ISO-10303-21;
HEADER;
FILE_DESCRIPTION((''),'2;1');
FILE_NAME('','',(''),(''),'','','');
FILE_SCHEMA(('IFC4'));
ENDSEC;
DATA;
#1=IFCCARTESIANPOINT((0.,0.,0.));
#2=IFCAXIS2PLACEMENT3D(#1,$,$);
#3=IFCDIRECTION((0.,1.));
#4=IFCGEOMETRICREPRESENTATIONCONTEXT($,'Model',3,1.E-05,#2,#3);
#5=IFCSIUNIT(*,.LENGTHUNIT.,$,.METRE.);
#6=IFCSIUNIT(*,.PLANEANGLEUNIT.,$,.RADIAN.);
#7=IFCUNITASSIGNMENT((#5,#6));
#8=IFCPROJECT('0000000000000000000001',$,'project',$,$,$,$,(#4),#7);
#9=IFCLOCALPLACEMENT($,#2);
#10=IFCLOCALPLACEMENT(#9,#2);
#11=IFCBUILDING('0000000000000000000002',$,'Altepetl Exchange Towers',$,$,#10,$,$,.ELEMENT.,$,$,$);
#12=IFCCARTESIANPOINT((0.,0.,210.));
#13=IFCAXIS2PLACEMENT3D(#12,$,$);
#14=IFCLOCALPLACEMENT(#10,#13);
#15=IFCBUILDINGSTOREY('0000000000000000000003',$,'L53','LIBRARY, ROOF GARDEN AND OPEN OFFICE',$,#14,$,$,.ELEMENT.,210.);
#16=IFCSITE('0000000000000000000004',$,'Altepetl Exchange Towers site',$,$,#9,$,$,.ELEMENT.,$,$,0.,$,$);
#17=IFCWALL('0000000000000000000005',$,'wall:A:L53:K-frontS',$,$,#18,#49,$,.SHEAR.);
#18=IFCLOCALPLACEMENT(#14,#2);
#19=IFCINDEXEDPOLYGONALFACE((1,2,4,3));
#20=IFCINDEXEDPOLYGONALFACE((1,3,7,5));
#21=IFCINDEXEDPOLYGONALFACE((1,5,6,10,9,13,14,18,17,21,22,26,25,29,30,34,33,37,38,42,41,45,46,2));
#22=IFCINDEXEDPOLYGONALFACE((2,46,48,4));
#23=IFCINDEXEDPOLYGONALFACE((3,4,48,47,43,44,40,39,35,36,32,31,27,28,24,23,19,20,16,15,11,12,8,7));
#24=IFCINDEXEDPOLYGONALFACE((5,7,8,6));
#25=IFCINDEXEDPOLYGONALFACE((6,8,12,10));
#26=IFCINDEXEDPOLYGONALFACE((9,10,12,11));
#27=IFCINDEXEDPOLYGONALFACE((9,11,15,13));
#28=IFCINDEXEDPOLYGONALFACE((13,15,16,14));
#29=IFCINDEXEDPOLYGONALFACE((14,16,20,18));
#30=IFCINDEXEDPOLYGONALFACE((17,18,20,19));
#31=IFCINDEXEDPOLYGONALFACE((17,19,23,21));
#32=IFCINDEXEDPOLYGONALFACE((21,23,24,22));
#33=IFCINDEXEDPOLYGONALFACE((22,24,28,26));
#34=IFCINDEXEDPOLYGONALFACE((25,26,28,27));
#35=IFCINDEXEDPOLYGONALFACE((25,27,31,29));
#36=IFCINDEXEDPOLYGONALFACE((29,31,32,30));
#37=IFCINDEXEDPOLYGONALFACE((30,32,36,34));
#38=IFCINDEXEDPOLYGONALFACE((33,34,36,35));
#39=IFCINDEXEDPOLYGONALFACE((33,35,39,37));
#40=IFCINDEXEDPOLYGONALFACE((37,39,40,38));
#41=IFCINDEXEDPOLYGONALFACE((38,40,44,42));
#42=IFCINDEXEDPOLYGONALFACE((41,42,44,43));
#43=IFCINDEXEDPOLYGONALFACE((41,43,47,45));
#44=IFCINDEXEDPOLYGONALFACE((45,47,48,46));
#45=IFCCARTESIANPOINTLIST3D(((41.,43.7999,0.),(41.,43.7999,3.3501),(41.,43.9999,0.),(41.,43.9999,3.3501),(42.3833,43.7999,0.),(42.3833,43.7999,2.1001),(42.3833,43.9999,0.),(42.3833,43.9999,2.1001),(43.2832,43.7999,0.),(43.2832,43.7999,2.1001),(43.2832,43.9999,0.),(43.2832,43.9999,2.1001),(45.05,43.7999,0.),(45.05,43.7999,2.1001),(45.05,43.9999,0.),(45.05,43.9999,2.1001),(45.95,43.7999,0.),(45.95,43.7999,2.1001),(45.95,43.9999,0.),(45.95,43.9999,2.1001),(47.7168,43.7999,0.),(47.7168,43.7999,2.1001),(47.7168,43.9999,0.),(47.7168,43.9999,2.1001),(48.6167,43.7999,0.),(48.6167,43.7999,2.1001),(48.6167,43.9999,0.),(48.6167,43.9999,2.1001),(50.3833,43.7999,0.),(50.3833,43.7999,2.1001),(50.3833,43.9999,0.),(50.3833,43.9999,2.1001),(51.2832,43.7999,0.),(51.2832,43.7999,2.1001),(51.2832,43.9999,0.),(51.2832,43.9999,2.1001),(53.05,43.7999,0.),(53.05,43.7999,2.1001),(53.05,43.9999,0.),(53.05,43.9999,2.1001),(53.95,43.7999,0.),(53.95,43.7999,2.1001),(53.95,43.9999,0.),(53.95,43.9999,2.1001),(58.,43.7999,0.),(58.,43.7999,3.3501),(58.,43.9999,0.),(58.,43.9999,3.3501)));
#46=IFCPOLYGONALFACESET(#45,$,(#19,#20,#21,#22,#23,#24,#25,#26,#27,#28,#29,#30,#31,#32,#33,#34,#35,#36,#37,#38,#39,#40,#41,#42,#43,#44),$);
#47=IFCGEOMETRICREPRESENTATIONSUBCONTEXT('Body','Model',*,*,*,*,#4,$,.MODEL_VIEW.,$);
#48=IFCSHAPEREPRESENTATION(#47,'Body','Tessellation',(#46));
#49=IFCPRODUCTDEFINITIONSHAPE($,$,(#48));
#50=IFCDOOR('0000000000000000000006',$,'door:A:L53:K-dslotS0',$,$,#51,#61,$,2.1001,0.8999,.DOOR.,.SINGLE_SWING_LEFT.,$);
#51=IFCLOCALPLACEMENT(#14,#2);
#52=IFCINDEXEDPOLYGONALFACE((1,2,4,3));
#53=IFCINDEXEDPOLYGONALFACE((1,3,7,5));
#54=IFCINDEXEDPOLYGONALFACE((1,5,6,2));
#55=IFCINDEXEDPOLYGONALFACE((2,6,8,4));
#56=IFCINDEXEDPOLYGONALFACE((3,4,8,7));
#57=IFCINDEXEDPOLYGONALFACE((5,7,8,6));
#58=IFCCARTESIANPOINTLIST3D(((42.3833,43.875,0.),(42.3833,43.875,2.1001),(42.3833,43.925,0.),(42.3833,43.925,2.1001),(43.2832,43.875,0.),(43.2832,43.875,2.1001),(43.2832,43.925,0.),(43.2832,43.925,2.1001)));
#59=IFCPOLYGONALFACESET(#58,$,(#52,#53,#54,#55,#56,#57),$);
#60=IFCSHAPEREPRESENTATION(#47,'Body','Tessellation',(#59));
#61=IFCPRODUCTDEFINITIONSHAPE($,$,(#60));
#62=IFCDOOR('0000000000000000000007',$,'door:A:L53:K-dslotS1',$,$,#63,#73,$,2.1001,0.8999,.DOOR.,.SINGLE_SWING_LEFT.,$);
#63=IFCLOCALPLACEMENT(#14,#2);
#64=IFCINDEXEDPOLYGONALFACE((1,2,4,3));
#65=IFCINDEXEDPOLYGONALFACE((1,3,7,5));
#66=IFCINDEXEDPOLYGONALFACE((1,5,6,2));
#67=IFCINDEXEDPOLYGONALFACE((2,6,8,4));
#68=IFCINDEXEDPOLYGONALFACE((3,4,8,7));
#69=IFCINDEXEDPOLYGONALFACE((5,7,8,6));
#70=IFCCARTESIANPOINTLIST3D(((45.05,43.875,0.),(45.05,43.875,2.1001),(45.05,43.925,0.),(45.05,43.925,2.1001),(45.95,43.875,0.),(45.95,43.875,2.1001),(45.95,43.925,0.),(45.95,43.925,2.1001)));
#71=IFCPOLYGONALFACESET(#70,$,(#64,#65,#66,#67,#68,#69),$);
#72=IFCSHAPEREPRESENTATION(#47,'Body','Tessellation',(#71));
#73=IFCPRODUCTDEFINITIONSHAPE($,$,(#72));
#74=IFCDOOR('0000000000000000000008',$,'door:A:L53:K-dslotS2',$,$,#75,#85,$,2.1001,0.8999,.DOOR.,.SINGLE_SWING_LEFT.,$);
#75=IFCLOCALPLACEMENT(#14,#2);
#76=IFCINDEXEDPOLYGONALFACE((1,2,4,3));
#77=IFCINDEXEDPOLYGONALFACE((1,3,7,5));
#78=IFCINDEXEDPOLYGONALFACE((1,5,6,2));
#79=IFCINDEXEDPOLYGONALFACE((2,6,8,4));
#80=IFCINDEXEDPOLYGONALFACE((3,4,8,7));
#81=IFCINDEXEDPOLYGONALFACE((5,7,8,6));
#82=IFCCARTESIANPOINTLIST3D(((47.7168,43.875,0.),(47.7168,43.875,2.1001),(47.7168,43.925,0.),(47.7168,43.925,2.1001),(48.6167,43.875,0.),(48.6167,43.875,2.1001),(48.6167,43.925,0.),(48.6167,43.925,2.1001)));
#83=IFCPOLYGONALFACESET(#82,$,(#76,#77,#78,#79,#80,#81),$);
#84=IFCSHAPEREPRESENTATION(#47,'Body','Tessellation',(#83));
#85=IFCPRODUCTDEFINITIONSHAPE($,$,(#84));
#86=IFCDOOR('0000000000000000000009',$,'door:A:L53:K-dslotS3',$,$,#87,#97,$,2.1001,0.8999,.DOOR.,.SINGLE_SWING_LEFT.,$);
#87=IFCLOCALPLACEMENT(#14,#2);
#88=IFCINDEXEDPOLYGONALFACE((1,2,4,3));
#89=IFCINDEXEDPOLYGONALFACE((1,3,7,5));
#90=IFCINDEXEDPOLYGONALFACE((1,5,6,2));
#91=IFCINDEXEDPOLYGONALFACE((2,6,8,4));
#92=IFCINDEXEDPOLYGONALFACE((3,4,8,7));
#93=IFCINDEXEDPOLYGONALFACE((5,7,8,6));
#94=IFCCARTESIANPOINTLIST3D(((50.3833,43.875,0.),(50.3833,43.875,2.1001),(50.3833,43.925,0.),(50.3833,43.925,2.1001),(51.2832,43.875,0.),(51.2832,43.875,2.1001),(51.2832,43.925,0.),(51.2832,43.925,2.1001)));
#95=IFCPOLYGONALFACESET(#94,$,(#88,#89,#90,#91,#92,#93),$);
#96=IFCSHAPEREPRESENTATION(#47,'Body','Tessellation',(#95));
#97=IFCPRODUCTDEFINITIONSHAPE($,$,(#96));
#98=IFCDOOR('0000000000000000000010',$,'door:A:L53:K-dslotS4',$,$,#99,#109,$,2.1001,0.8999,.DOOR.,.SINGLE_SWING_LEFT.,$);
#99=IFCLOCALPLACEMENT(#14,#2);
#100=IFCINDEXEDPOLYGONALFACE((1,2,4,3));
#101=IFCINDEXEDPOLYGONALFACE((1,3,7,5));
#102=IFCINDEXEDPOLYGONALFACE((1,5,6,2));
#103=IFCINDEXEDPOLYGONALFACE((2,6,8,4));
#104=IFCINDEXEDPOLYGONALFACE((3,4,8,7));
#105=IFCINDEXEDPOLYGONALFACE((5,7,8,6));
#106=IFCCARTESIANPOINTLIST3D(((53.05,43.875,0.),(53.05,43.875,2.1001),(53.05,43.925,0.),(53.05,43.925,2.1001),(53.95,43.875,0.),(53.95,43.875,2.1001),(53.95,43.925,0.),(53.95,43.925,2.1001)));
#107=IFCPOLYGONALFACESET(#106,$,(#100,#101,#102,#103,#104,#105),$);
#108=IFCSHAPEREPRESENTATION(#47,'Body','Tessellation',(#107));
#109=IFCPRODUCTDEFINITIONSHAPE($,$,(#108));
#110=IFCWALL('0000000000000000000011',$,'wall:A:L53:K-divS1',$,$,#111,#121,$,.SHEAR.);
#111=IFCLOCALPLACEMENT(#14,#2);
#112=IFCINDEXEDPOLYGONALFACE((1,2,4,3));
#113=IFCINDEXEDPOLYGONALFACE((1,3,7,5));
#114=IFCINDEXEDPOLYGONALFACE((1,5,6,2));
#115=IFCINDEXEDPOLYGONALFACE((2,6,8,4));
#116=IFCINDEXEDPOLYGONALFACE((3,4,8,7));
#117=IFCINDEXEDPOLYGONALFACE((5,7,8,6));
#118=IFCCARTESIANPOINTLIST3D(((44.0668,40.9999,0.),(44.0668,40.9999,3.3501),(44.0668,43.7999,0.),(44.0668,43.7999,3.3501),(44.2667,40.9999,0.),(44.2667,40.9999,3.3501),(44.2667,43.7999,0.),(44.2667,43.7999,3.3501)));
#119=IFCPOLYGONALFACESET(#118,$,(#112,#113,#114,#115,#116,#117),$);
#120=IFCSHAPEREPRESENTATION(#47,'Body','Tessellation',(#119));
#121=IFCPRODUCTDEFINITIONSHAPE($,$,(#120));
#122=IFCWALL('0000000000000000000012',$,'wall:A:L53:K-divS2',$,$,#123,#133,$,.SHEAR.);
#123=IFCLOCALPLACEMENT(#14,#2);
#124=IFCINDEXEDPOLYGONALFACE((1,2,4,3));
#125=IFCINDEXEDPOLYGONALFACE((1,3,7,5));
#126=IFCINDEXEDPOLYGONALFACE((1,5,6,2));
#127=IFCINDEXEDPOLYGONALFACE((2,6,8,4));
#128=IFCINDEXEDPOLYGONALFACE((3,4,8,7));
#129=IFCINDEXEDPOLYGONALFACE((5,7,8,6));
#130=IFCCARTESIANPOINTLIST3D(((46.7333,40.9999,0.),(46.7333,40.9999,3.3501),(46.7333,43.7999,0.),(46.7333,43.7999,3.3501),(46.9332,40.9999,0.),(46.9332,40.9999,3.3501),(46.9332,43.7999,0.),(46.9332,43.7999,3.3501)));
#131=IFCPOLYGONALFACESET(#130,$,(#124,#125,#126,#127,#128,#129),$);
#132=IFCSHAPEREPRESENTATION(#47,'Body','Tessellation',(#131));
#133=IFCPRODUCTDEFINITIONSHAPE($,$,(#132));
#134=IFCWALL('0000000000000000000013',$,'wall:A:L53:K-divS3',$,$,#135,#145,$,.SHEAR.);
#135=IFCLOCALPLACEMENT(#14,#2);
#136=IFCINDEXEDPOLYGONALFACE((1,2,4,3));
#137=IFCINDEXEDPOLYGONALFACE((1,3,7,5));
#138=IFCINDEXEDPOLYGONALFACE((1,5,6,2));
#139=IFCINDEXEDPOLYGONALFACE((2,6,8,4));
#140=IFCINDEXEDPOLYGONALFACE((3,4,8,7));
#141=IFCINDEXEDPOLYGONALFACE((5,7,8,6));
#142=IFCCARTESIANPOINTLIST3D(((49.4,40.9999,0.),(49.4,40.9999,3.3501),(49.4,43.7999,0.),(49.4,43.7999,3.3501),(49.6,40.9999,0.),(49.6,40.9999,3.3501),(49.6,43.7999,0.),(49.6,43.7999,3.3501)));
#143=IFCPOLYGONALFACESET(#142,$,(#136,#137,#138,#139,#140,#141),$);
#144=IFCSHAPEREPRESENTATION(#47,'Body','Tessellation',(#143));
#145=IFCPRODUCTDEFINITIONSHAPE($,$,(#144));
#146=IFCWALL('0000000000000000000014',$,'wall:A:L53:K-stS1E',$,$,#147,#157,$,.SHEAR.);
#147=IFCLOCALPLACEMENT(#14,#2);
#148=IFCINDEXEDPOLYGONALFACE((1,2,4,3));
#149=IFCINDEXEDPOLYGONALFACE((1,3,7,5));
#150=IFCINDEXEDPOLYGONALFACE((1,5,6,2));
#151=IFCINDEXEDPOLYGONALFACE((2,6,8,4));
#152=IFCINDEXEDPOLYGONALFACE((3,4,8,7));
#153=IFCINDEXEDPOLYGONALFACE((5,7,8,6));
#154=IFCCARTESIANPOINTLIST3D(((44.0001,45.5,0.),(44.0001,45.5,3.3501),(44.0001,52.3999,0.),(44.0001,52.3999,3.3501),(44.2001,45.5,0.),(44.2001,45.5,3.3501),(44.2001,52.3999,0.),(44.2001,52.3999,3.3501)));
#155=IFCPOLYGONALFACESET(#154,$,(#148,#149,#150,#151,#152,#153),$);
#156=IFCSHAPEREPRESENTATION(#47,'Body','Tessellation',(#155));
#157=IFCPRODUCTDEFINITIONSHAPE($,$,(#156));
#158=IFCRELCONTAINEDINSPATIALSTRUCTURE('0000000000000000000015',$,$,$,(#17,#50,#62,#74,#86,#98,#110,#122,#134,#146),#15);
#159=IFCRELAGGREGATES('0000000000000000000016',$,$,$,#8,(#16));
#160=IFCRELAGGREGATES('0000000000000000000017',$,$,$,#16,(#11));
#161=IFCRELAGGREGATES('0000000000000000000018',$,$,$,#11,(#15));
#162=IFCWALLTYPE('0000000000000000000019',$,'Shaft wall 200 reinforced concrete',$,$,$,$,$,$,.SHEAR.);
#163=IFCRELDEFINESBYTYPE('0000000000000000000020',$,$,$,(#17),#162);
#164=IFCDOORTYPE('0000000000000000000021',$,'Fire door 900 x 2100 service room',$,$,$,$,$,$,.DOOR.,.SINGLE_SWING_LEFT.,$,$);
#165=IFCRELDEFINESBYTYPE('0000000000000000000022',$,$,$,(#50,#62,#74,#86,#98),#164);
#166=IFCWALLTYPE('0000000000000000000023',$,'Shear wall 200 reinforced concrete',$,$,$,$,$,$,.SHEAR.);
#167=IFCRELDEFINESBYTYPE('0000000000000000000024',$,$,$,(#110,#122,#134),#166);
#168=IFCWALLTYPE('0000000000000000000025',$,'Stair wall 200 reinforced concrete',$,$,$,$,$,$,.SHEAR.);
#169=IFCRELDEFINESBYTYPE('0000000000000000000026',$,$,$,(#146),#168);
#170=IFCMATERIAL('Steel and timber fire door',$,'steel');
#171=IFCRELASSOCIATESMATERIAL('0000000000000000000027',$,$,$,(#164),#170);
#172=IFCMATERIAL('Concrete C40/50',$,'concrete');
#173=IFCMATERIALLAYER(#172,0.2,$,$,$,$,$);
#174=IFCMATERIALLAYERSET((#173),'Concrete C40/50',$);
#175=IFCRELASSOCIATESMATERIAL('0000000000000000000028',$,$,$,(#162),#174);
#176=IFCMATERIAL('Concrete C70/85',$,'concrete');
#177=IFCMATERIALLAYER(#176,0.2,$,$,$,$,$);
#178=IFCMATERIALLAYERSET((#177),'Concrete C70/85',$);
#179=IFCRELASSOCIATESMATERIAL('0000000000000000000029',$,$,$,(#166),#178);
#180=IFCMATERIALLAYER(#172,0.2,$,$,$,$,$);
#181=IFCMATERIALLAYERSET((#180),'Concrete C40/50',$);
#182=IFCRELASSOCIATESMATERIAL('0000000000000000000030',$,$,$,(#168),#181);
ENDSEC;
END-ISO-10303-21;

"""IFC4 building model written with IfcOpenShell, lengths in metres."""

from ifc_helpers import new_model, si_unit, direction, frame, frame_2d, origin, place, context, subcontext, project, spatial, rectangle, extrude, material, layer, layer_set, type_object, element, fill, save


model = new_model("IFC4")

# Units and contexts
model_context = context("Model", 3, precision=1e-05, world=origin(), true_north=direction((0.0, 1.0)))
body_context = subcontext(model_context, "Body", "Model", "MODEL_VIEW")
ifc_project = project(units=[si_unit("LENGTHUNIT", "METRE"), si_unit("PLANEANGLEUNIT", "RADIAN")], contexts=[model_context])

# Site, building, storey
site_placement = place(None, origin())
site = spatial("IfcSite", under=ifc_project, at=site_placement, Name="Altepetl Exchange Towers site", CompositionType="ELEMENT", RefElevation=0.0)
building_placement = place(site_placement, origin())
building = spatial("IfcBuilding", under=site, at=building_placement, Name="Altepetl Exchange Towers", CompositionType="ELEMENT")
storey_placement = place(building_placement, frame((0.0, 0.0, 210.0)))
storey = spatial("IfcBuildingStorey", under=building, at=storey_placement, Name="L53", Description="LIBRARY, ROOF GARDEN AND OPEN OFFICE", CompositionType="ELEMENT", Elevation=210.0)

# Shared definitions
ifc_material_1 = material(Name="Concrete C70/85", Category="concrete")

# Shared definitions
ifc_material_2 = material(Name="Steel and timber fire door", Category="steel")
door_type_1 = type_object("IfcDoorType", Name="Fire door 900 x 2100 service room", OperationType="SINGLE_SWING_LEFT", PredefinedType="DOOR", material=ifc_material_2)

# Wall, openings, doors
ifc_material_3 = material(Name="Concrete C40/50", Category="concrete")
ifc_layer_1 = layer(ifc_material_3, 0.2)
ifc_layer_set_1 = layer_set([ifc_layer_1], Name="Concrete C40/50")
wall_type_1 = type_object("IfcWallType", Name="Shaft wall 200 reinforced concrete", PredefinedType="SHEAR", material=ifc_layer_set_1)
wall_1_placement = place(storey_placement, frame((41.0, 43.8999, 0.0)))
wall_1 = element("IfcWall", 1, at=wall_1_placement, inside=storey, type_object=wall_type_1, Name="wall:A:L53:K-frontS", PredefinedType="SHEAR", context=body_context, shape_type="SweptSolid", body=[
    extrude(rectangle(XDim=17.0, YDim=0.2, at=frame_2d((8.5, 0.0))), origin(), (0.0, 0.0, 1.0), 3.3501),
])
opening_1_placement = place(wall_1_placement, frame((1.3833, 0.0, 0.0)))
opening_1 = element("IfcOpeningElement", 2, at=opening_1_placement, cuts=wall_1, PredefinedType="OPENING", context=body_context, shape_type="SweptSolid", body=[
    extrude(rectangle(XDim=0.8999, YDim=2.1001, at=frame_2d((0.45, 1.05))), frame((0.0, 0.1099, 0.0), z_axis=(0.0, -1.0, 0.0), x_axis=(1.0, 0.0, 0.0)), (0.0, 0.0, 1.0), 0.22),
])
opening_2_placement = place(wall_1_placement, frame((4.05, 0.0, 0.0)))
opening_2 = element("IfcOpeningElement", 3, at=opening_2_placement, cuts=wall_1, PredefinedType="OPENING", context=body_context, shape_type="SweptSolid", body=[
    extrude(rectangle(XDim=0.8999, YDim=2.1001, at=frame_2d((0.45, 1.05))), frame((0.0, 0.1099, 0.0), z_axis=(0.0, -1.0, 0.0), x_axis=(1.0, 0.0, 0.0)), (0.0, 0.0, 1.0), 0.22),
])
opening_3_placement = place(wall_1_placement, frame((6.7168, 0.0, 0.0)))
opening_3 = element("IfcOpeningElement", 4, at=opening_3_placement, cuts=wall_1, PredefinedType="OPENING", context=body_context, shape_type="SweptSolid", body=[
    extrude(rectangle(XDim=0.8999, YDim=2.1001, at=frame_2d((0.45, 1.05))), frame((0.0, 0.1099, 0.0), z_axis=(0.0, -1.0, 0.0), x_axis=(1.0, 0.0, 0.0)), (0.0, 0.0, 1.0), 0.22),
])
opening_4_placement = place(wall_1_placement, frame((9.3833, 0.0, 0.0)))
opening_4 = element("IfcOpeningElement", 5, at=opening_4_placement, cuts=wall_1, PredefinedType="OPENING", context=body_context, shape_type="SweptSolid", body=[
    extrude(rectangle(XDim=0.8999, YDim=2.1001, at=frame_2d((0.45, 1.05))), frame((0.0, 0.1099, 0.0), z_axis=(0.0, -1.0, 0.0), x_axis=(1.0, 0.0, 0.0)), (0.0, 0.0, 1.0), 0.22),
])
opening_5_placement = place(wall_1_placement, frame((12.05, 0.0, 0.0)))
opening_5 = element("IfcOpeningElement", 6, at=opening_5_placement, cuts=wall_1, PredefinedType="OPENING", context=body_context, shape_type="SweptSolid", body=[
    extrude(rectangle(XDim=0.8999, YDim=2.1001, at=frame_2d((0.45, 1.05))), frame((0.0, 0.1099, 0.0), z_axis=(0.0, -1.0, 0.0), x_axis=(1.0, 0.0, 0.0)), (0.0, 0.0, 1.0), 0.22),
])
door_1_placement = place(opening_1_placement, frame((0.8999, 0.0, 0.0), x_axis=(-1.0, 0.0, 0.0)))
door_1 = element("IfcDoor", 7, at=door_1_placement, inside=storey, type_object=door_type_1, Name="door:A:L53:K-dslotS0", OperationType="SINGLE_SWING_LEFT", OverallHeight=2.1001, OverallWidth=0.8999, PredefinedType="DOOR", context=body_context, shape_type="SweptSolid", body=[
    extrude(rectangle(XDim=0.8999, YDim=2.1001, at=frame_2d((0.45, 1.05))), frame((0.0, 0.0249, 0.0), z_axis=(0.0, -1.0, 0.0), x_axis=(1.0, 0.0, 0.0)), (0.0, 0.0, 1.0), 0.05),
])
fill(opening_1, door_1)
door_2_placement = place(opening_2_placement, frame((0.8999, 0.0, 0.0), x_axis=(-1.0, 0.0, 0.0)))
door_2 = element("IfcDoor", 8, at=door_2_placement, inside=storey, type_object=door_type_1, Name="door:A:L53:K-dslotS1", OperationType="SINGLE_SWING_LEFT", OverallHeight=2.1001, OverallWidth=0.8999, PredefinedType="DOOR", context=body_context, shape_type="SweptSolid", body=[
    extrude(rectangle(XDim=0.8999, YDim=2.1001, at=frame_2d((0.45, 1.05))), frame((0.0, 0.0249, 0.0), z_axis=(0.0, -1.0, 0.0), x_axis=(1.0, 0.0, 0.0)), (0.0, 0.0, 1.0), 0.05),
])
fill(opening_2, door_2)
door_3_placement = place(opening_3_placement, frame((0.8999, 0.0, 0.0), x_axis=(-1.0, 0.0, 0.0)))
door_3 = element("IfcDoor", 9, at=door_3_placement, inside=storey, type_object=door_type_1, Name="door:A:L53:K-dslotS2", OperationType="SINGLE_SWING_LEFT", OverallHeight=2.1001, OverallWidth=0.8999, PredefinedType="DOOR", context=body_context, shape_type="SweptSolid", body=[
    extrude(rectangle(XDim=0.8999, YDim=2.1001, at=frame_2d((0.45, 1.05))), frame((0.0, 0.0249, 0.0), z_axis=(0.0, -1.0, 0.0), x_axis=(1.0, 0.0, 0.0)), (0.0, 0.0, 1.0), 0.05),
])
fill(opening_3, door_3)
door_4_placement = place(opening_4_placement, frame((0.8999, 0.0, 0.0), x_axis=(-1.0, 0.0, 0.0)))
door_4 = element("IfcDoor", 10, at=door_4_placement, inside=storey, type_object=door_type_1, Name="door:A:L53:K-dslotS3", OperationType="SINGLE_SWING_LEFT", OverallHeight=2.1001, OverallWidth=0.8999, PredefinedType="DOOR", context=body_context, shape_type="SweptSolid", body=[
    extrude(rectangle(XDim=0.8999, YDim=2.1001, at=frame_2d((0.45, 1.05))), frame((0.0, 0.0249, 0.0), z_axis=(0.0, -1.0, 0.0), x_axis=(1.0, 0.0, 0.0)), (0.0, 0.0, 1.0), 0.05),
])
fill(opening_4, door_4)
door_5_placement = place(opening_5_placement, frame((0.8999, 0.0, 0.0), x_axis=(-1.0, 0.0, 0.0)))
door_5 = element("IfcDoor", 11, at=door_5_placement, inside=storey, type_object=door_type_1, Name="door:A:L53:K-dslotS4", OperationType="SINGLE_SWING_LEFT", OverallHeight=2.1001, OverallWidth=0.8999, PredefinedType="DOOR", context=body_context, shape_type="SweptSolid", body=[
    extrude(rectangle(XDim=0.8999, YDim=2.1001, at=frame_2d((0.45, 1.05))), frame((0.0, 0.0249, 0.0), z_axis=(0.0, -1.0, 0.0), x_axis=(1.0, 0.0, 0.0)), (0.0, 0.0, 1.0), 0.05),
])
fill(opening_5, door_5)

# Walls
ifc_layer_2 = layer(ifc_material_1, 0.2)
ifc_layer_set_2 = layer_set([ifc_layer_2], Name="Concrete C70/85")
wall_type_2 = type_object("IfcWallType", Name="Shear wall 200 reinforced concrete", PredefinedType="SHEAR", material=ifc_layer_set_2)
for number, where, z_axis, x_axis, name in (
    (12, (44.1667, 41.0, 0.0), (0.0, 0.0, 1.0), (0.0, 1.0, 0.0), "wall:A:L53:K-divS1"),
    (13, (46.8333, 41.0, 0.0), (0.0, 0.0, 1.0), (0.0, 1.0, 0.0), "wall:A:L53:K-divS2"),
    (14, (49.5, 41.0, 0.0), (0.0, 0.0, 1.0), (0.0, 1.0, 0.0), "wall:A:L53:K-divS3"),
):
    element("IfcWall", number, at=place(storey_placement, frame(where, z_axis=z_axis, x_axis=x_axis)), inside=storey, type_object=wall_type_2, Name=name, PredefinedType="SHEAR", context=body_context, shape_type="SweptSolid", body=[
        extrude(rectangle(XDim=2.8, YDim=0.2, at=frame_2d((1.3999, 0.0))), origin(), (0.0, 0.0, 1.0), 3.3501),
    ])
ifc_layer_3 = layer(ifc_material_3, 0.2)
ifc_layer_set_3 = layer_set([ifc_layer_3], Name="Concrete C40/50")
wall_type_3 = type_object("IfcWallType", Name="Stair wall 200 reinforced concrete", PredefinedType="SHEAR", material=ifc_layer_set_3)
wall_2_placement = place(storey_placement, frame((44.1001, 45.5, 0.0), z_axis=(0.0, 0.0, 1.0), x_axis=(0.0, 1.0, 0.0)))
element("IfcWall", 15, at=wall_2_placement, inside=storey, type_object=wall_type_3, Name="wall:A:L53:K-stS1E", PredefinedType="SHEAR", context=body_context, shape_type="SweptSolid", body=[
    extrude(rectangle(XDim=6.8999, YDim=0.2, at=frame_2d((3.45, 0.0))), origin(), (0.0, 0.0, 1.0), 3.3501),
])

save(model, "model.ifc")
